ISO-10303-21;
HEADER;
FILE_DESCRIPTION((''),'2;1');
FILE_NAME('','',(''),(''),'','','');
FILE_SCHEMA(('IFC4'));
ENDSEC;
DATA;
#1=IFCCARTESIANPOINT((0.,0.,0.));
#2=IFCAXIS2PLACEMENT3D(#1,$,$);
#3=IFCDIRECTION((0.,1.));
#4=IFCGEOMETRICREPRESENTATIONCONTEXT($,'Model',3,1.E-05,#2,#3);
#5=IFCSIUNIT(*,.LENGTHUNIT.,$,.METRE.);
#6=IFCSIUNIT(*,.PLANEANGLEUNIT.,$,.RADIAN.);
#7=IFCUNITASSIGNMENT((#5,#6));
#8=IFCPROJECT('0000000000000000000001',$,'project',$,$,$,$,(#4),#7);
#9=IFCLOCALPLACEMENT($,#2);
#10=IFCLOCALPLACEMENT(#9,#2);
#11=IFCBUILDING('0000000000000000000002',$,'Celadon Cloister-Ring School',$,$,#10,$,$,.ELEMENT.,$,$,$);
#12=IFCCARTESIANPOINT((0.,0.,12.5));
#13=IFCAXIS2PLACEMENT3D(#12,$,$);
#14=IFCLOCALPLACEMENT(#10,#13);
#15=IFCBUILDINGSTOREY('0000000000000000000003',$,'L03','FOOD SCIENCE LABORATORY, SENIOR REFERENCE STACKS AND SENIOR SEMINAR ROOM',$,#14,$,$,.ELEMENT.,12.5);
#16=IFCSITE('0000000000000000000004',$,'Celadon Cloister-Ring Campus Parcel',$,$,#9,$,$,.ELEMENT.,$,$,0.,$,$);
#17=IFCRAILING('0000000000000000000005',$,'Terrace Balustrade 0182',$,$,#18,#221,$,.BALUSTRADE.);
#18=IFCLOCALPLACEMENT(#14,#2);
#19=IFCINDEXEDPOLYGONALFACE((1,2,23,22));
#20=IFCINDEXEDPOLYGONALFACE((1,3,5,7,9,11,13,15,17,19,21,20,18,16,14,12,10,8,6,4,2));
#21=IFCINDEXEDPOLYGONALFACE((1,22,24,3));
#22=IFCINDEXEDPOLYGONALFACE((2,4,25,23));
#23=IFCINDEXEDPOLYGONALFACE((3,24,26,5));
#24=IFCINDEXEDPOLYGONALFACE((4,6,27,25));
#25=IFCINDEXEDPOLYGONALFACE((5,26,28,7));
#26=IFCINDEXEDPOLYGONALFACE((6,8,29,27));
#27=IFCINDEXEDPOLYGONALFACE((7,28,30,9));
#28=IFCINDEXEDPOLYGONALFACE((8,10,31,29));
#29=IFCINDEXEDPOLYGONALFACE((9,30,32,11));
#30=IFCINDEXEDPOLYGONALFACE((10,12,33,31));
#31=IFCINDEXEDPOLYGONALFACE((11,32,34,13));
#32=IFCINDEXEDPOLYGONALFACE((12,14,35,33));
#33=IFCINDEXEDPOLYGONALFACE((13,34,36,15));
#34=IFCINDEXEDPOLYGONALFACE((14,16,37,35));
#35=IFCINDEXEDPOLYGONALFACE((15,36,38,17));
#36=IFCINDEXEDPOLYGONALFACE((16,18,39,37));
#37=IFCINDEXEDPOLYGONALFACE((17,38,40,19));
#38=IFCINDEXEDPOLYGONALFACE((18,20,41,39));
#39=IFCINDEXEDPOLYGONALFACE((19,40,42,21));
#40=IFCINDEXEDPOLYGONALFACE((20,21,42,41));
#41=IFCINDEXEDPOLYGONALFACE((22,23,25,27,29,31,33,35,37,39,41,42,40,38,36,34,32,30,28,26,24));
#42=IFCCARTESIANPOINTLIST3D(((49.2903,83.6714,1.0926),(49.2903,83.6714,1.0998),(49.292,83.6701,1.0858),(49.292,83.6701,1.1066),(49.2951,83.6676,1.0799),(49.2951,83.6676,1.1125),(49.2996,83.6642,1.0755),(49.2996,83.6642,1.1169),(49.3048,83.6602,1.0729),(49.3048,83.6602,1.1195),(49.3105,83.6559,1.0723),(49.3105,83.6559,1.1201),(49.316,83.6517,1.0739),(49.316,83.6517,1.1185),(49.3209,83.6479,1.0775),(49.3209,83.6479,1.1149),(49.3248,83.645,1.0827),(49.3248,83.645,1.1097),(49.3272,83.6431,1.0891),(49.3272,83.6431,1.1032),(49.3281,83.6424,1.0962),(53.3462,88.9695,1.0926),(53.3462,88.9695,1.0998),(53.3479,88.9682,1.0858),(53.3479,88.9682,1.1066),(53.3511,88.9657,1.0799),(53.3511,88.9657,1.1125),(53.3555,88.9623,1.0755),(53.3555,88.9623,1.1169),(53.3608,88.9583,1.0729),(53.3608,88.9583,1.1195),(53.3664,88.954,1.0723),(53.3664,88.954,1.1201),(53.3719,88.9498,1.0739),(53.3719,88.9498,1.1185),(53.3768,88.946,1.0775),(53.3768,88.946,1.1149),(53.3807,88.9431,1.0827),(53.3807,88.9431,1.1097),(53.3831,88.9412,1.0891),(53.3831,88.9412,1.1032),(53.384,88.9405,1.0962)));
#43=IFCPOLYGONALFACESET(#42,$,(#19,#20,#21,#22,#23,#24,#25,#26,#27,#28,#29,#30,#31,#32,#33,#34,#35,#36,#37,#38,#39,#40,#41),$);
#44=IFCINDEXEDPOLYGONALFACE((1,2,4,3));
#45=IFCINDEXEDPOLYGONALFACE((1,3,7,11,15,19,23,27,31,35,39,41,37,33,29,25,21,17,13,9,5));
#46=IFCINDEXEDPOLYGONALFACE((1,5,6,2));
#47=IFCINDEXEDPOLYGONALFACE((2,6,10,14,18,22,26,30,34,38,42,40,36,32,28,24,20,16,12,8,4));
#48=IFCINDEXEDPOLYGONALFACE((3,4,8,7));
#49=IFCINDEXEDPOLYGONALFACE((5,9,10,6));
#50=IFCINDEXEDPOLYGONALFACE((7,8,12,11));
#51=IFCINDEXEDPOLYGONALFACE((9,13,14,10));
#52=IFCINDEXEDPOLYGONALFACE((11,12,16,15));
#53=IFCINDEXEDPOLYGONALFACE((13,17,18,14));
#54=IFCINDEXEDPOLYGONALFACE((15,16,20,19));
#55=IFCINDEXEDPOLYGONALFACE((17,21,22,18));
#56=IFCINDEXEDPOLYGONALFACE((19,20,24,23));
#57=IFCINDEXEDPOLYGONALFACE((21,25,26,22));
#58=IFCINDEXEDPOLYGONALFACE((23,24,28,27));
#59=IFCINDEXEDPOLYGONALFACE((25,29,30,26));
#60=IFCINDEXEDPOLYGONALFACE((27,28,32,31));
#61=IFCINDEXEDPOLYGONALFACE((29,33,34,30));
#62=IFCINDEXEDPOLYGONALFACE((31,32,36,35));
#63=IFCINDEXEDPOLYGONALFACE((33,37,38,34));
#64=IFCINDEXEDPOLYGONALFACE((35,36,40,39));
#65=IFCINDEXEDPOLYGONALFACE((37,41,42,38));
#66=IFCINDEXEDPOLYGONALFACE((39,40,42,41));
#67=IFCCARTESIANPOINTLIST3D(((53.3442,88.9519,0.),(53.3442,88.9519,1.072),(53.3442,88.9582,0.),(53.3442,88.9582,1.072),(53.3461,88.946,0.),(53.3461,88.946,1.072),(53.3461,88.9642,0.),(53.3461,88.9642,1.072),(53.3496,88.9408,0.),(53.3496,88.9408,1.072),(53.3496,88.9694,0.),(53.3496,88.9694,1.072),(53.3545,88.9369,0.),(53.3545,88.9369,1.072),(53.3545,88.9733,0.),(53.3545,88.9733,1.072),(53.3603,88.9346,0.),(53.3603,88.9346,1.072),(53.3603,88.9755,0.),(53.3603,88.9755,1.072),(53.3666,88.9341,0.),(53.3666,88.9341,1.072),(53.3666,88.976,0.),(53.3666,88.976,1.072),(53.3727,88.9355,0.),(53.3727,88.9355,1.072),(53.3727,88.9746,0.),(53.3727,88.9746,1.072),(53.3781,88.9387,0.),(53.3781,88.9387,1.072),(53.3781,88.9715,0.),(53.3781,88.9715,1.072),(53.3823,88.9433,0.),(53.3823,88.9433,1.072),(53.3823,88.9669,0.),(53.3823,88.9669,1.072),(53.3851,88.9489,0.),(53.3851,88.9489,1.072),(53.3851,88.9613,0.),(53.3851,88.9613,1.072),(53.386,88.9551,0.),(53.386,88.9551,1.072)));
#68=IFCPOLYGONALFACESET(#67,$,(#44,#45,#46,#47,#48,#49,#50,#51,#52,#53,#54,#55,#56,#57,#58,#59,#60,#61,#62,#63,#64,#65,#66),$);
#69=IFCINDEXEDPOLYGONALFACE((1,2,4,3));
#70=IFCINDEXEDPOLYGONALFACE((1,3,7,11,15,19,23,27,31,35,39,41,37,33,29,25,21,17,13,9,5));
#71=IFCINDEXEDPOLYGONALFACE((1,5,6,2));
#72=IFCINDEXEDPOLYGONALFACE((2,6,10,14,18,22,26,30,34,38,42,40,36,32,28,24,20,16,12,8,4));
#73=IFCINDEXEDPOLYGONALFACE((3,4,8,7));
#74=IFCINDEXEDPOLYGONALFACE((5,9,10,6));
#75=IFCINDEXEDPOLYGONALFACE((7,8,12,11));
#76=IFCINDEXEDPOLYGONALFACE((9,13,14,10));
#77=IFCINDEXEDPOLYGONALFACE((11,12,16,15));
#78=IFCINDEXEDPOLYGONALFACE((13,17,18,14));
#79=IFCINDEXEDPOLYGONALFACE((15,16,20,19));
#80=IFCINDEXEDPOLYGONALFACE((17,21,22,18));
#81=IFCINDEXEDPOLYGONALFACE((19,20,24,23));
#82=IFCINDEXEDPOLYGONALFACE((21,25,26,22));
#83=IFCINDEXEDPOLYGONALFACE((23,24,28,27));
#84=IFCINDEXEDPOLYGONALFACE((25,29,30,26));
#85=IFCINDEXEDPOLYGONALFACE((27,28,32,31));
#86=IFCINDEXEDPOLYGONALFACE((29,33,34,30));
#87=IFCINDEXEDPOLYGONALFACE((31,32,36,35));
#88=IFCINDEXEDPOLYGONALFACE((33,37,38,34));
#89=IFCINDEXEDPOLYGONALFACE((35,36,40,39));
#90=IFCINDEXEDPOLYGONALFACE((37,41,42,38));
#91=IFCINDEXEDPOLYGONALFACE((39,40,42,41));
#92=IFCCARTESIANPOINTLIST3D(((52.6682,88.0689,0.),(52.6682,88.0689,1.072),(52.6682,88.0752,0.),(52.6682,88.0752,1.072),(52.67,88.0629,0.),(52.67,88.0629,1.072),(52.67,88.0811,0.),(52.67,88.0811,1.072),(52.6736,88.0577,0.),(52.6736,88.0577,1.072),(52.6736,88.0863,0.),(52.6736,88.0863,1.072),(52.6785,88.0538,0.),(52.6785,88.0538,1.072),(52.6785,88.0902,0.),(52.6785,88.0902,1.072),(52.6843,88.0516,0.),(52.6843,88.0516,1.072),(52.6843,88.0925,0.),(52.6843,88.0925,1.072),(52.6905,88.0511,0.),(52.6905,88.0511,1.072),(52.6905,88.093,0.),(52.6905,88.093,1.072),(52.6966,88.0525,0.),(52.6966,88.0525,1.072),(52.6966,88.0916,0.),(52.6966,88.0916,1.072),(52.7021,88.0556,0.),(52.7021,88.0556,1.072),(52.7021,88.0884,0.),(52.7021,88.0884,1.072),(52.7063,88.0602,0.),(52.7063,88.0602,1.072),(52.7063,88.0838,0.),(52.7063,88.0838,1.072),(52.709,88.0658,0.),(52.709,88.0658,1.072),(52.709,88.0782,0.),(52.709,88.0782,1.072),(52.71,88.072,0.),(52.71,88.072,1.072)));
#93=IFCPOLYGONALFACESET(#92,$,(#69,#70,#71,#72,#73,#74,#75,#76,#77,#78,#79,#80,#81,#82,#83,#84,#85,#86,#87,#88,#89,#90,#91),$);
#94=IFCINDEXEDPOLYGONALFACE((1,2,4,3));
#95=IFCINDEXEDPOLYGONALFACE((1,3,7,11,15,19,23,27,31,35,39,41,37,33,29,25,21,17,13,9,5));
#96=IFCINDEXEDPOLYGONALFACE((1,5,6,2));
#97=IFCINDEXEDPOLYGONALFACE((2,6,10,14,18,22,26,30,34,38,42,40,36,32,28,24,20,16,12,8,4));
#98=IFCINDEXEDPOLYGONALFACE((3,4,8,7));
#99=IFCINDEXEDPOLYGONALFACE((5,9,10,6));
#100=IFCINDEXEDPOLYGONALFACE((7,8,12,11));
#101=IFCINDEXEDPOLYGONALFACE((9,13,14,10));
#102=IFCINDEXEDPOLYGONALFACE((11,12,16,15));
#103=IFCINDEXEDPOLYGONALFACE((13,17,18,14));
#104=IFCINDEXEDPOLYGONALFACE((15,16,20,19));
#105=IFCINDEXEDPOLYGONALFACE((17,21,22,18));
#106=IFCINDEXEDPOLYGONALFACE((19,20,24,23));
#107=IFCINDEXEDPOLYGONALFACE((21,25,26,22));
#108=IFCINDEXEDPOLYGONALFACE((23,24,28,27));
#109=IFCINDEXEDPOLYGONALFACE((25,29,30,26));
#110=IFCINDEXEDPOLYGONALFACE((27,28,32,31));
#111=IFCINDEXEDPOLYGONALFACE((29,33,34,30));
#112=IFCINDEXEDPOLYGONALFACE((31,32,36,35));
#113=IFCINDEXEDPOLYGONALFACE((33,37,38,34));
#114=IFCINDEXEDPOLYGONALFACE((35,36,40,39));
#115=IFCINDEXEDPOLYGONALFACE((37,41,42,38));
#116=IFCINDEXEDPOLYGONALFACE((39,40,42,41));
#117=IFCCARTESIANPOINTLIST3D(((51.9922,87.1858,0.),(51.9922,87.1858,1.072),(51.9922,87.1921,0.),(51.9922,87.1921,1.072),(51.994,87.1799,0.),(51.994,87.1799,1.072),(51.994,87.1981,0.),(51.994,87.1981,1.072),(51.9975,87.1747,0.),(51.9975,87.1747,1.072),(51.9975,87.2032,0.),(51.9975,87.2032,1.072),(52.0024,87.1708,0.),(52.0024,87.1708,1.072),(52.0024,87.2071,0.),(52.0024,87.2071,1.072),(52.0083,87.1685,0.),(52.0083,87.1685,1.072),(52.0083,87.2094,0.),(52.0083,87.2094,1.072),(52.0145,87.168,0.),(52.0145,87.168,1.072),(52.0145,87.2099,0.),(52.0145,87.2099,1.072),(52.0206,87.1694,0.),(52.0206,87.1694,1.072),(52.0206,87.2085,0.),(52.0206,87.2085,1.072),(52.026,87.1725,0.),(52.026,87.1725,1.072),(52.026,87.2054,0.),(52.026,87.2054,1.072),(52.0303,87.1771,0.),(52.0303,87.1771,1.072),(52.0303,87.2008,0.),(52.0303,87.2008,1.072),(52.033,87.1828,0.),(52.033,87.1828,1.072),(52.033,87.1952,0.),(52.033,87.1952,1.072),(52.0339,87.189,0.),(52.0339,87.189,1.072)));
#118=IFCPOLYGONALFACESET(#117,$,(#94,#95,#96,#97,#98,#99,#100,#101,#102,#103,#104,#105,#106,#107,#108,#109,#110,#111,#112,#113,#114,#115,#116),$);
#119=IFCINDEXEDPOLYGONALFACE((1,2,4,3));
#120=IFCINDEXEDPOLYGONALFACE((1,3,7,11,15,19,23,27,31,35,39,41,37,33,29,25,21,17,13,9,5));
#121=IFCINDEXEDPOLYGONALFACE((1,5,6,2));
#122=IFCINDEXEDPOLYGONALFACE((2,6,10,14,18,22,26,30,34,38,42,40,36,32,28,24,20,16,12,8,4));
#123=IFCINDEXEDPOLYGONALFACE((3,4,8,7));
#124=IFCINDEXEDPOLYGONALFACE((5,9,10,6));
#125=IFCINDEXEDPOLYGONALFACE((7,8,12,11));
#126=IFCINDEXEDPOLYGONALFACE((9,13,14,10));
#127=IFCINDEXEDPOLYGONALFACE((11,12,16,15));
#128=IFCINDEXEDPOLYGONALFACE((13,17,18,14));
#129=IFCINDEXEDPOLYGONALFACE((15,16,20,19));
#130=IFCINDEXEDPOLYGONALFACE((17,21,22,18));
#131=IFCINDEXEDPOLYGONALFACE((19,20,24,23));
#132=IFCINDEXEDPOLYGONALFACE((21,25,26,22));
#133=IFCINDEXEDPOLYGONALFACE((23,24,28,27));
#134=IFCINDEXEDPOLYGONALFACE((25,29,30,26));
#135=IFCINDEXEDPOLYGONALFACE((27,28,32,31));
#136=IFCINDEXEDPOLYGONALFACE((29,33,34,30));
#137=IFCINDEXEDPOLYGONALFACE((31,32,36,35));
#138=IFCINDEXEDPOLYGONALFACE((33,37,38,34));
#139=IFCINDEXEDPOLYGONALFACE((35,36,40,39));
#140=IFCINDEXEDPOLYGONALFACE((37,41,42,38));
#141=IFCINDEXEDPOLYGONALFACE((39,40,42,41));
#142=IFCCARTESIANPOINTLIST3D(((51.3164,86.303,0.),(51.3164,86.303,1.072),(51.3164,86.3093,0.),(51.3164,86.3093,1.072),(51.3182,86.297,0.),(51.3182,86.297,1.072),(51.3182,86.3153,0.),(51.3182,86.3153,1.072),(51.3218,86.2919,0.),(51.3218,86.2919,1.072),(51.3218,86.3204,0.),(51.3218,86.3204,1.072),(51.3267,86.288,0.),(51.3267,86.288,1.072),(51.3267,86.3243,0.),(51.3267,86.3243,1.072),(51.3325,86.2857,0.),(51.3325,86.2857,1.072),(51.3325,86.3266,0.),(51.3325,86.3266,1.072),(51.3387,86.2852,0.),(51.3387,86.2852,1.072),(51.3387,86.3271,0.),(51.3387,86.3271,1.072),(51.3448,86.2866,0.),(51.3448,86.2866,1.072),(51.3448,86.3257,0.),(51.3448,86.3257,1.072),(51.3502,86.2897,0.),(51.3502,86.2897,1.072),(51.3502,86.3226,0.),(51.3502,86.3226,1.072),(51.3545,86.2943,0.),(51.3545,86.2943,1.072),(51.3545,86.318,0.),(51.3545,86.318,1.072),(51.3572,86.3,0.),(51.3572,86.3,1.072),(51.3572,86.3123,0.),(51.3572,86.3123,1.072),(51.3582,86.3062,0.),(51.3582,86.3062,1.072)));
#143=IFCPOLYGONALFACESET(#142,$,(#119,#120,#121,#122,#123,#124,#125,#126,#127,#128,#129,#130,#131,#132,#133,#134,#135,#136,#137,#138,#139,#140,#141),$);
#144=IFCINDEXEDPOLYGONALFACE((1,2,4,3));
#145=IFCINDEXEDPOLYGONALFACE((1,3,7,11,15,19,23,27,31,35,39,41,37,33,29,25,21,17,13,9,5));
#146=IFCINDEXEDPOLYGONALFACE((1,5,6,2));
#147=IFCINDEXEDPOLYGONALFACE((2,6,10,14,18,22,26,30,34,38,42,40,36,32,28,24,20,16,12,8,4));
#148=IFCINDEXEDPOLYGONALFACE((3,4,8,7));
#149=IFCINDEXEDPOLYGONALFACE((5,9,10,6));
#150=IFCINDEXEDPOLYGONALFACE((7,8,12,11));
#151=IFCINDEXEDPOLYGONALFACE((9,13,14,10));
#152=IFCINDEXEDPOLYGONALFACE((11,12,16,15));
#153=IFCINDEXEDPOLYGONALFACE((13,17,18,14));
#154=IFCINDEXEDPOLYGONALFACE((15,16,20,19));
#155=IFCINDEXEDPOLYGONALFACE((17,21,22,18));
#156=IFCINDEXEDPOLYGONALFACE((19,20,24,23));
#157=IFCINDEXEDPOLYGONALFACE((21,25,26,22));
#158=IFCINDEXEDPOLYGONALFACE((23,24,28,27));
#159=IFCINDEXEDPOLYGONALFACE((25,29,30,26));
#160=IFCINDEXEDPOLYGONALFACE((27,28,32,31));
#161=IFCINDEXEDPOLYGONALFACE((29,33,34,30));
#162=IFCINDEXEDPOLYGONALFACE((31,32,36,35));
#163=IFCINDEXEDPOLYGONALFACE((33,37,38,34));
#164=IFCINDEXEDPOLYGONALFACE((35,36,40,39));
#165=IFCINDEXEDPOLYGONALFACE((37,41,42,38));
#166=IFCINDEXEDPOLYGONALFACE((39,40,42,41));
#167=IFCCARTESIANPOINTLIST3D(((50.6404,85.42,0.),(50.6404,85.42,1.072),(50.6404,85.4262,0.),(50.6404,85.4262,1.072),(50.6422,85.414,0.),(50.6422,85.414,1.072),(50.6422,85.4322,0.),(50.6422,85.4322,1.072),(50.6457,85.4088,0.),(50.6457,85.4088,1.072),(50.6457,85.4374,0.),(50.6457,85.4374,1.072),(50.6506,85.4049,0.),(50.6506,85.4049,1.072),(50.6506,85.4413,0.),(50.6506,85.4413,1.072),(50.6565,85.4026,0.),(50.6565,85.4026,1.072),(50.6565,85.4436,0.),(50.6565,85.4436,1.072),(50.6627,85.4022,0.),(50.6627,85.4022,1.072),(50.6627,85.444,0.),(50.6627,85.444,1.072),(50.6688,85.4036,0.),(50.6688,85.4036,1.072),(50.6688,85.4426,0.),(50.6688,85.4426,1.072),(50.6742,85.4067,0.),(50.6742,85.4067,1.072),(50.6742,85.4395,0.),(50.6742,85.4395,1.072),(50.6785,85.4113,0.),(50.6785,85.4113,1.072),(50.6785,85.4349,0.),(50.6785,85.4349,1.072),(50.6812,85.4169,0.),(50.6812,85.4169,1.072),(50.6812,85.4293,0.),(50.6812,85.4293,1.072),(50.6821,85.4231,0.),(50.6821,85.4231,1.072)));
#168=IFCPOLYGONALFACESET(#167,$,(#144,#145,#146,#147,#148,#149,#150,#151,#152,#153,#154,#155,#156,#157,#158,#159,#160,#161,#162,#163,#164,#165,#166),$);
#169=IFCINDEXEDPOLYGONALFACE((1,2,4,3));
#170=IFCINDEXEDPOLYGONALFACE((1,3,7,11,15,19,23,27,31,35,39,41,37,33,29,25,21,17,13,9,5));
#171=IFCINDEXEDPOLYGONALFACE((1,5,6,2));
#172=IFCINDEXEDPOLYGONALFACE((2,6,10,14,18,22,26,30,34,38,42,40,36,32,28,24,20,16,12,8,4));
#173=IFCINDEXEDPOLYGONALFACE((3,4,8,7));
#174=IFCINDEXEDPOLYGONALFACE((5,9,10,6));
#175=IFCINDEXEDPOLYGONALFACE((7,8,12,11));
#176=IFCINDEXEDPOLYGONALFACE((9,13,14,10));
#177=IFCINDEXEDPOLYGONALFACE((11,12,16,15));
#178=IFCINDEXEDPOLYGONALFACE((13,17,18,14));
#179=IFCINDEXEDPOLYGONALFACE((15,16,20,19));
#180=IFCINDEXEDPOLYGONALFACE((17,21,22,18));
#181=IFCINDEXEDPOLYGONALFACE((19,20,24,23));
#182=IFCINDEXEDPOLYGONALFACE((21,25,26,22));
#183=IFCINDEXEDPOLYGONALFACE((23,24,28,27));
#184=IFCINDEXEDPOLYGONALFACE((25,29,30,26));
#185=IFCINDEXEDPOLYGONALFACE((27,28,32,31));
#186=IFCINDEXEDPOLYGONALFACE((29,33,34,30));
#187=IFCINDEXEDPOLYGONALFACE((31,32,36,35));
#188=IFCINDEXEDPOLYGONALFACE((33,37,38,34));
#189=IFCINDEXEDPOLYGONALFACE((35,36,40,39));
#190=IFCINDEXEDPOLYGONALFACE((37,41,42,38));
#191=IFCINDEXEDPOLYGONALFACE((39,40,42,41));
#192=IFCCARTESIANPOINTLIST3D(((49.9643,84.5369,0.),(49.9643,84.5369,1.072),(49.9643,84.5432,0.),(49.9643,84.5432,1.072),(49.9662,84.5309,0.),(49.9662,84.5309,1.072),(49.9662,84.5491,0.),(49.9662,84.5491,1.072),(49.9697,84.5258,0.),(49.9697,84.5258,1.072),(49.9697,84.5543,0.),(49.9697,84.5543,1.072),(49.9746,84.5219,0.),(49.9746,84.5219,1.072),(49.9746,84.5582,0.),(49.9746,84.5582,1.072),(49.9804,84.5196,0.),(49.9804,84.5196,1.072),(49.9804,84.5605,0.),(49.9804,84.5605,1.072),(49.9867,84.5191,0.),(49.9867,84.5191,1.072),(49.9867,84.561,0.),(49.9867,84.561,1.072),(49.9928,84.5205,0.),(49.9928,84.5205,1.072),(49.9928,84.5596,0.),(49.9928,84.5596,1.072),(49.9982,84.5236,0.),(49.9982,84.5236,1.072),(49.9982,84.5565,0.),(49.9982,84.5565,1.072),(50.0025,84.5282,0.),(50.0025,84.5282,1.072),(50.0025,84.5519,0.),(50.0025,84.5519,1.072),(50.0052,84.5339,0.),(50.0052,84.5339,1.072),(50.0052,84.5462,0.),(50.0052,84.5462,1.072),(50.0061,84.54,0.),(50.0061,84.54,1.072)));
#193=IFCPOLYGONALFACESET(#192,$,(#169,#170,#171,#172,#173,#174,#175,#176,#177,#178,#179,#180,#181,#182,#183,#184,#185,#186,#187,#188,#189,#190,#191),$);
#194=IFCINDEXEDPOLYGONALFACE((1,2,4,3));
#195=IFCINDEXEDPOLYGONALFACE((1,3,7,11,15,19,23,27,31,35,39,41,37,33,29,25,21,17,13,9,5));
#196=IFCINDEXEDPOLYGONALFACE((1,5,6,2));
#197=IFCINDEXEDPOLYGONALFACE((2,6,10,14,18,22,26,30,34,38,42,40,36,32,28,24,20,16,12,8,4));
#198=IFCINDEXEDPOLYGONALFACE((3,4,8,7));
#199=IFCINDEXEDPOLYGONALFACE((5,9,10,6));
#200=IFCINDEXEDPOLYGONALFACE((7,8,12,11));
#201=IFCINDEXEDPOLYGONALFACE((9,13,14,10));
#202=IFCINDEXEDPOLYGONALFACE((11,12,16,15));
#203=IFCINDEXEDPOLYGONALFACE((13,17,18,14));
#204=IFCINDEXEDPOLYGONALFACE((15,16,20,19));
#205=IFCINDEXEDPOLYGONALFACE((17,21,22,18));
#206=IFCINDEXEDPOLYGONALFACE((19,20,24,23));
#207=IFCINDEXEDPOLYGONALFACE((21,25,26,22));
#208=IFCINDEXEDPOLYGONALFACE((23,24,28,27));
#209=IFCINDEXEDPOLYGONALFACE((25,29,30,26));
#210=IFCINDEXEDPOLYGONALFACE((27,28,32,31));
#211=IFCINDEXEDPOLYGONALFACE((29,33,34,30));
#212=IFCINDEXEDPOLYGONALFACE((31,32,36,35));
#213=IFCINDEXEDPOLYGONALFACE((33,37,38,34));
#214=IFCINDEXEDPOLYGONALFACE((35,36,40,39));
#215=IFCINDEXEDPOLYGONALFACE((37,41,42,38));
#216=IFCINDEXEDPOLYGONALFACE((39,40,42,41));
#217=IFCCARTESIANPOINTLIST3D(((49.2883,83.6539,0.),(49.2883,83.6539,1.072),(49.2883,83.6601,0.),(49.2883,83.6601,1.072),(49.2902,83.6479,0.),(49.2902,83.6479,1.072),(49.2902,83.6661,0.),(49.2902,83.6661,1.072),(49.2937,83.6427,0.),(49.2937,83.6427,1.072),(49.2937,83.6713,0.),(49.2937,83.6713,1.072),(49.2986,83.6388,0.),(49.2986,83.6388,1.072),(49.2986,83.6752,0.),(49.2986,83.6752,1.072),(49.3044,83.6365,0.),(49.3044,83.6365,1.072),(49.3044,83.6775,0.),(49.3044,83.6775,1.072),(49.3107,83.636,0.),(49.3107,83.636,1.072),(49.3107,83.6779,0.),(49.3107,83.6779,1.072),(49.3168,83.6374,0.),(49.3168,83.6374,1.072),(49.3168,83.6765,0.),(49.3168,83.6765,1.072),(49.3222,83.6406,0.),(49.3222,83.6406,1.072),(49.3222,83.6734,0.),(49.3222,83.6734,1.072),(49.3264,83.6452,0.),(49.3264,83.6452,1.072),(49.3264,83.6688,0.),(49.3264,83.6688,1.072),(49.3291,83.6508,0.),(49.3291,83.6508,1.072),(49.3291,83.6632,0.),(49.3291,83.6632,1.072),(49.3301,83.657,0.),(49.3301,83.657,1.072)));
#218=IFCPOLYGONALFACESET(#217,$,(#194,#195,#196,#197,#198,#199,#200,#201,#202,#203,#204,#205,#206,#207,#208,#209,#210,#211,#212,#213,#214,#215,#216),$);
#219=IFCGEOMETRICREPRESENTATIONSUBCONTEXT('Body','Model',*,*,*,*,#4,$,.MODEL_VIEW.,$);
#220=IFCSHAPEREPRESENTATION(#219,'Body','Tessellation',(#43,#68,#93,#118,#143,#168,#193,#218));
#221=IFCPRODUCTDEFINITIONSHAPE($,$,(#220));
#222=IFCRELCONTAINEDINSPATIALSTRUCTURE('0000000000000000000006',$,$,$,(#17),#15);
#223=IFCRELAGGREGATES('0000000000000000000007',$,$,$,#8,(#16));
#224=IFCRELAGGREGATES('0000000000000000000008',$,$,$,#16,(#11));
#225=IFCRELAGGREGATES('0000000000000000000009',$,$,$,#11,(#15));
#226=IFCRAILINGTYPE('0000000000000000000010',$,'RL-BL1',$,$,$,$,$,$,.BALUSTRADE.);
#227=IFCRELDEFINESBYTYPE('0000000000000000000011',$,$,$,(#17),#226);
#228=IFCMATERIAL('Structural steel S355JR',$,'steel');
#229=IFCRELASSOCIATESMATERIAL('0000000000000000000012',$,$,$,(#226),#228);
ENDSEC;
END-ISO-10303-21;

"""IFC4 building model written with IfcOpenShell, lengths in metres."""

from ifc_helpers import new_model, si_unit, direction, frame, origin, origin_2d, place, context, subcontext, project, spatial, circle, extrude, material, type_object, element, save


model = new_model("IFC4")

# Units and contexts
model_context = context("Model", 3, precision=1e-05, world=origin(), true_north=direction((0.0, 1.0)))
body_context = subcontext(model_context, "Body", "Model", "MODEL_VIEW")
ifc_project = project(units=[si_unit("LENGTHUNIT", "METRE"), si_unit("PLANEANGLEUNIT", "RADIAN")], contexts=[model_context])

# Site, building, storey
site_placement = place(None, origin())
site = spatial("IfcSite", under=ifc_project, at=site_placement, Name="Celadon Cloister-Ring Campus Parcel", CompositionType="ELEMENT", RefElevation=0.0)
building_placement = place(site_placement, origin())
building = spatial("IfcBuilding", under=site, at=building_placement, Name="Celadon Cloister-Ring School", CompositionType="ELEMENT")
storey_placement = place(building_placement, frame((0.0, 0.0, 12.5)))
storey = spatial("IfcBuildingStorey", under=building, at=storey_placement, Name="L03", Description="FOOD SCIENCE LABORATORY, SENIOR REFERENCE STACKS AND SENIOR SEMINAR ROOM", CompositionType="ELEMENT", Elevation=12.5)

# Railing
ifc_material_1 = material(Name="Structural steel S355JR", Category="steel")
railing_type = type_object("IfcRailingType", Name="RL-BL1", PredefinedType="BALUSTRADE", material=ifc_material_1)
railing_placement = place(storey_placement, frame((53.365, 88.9551, 0.0)))
element("IfcRailing", 1, at=railing_placement, inside=storey, type_object=railing_type, Name="Terrace Balustrade 0182", PredefinedType="BALUSTRADE", context=body_context, shape_type="SweptSolid", body=[
    extrude(circle(Radius=0.0239, at=origin_2d()), frame((0.0, 0.0, 1.0962), z_axis=(-0.607868, -0.794038, 0.0), x_axis=(0.794038, -0.607868, 0.0)), (0.0, 0.0, 1.0), 6.6724),
    extrude(circle(Radius=0.021, at=origin_2d()), origin(), (0.0, 0.0, 1.0), 1.072),
    extrude(circle(Radius=0.021, at=origin_2d()), frame((-0.676, -0.8831, 0.0)), (0.0, 0.0, 1.0), 1.072),
    extrude(circle(Radius=0.021, at=origin_2d()), frame((-1.3521, -1.7661, 0.0)), (0.0, 0.0, 1.0), 1.072),
    extrude(circle(Radius=0.021, at=origin_2d()), frame((-2.0278, -2.6489, 0.0)), (0.0, 0.0, 1.0), 1.072),
    extrude(circle(Radius=0.021, at=origin_2d()), frame((-2.7039, -3.532, 0.0)), (0.0, 0.0, 1.0), 1.072),
    extrude(circle(Radius=0.021, at=origin_2d()), frame((-3.3799, -4.415, 0.0)), (0.0, 0.0, 1.0), 1.072),
    extrude(circle(Radius=0.021, at=origin_2d()), frame((-4.0559, -5.2981, 0.0)), (0.0, 0.0, 1.0), 1.072),
])

save(model, "model.ifc")
